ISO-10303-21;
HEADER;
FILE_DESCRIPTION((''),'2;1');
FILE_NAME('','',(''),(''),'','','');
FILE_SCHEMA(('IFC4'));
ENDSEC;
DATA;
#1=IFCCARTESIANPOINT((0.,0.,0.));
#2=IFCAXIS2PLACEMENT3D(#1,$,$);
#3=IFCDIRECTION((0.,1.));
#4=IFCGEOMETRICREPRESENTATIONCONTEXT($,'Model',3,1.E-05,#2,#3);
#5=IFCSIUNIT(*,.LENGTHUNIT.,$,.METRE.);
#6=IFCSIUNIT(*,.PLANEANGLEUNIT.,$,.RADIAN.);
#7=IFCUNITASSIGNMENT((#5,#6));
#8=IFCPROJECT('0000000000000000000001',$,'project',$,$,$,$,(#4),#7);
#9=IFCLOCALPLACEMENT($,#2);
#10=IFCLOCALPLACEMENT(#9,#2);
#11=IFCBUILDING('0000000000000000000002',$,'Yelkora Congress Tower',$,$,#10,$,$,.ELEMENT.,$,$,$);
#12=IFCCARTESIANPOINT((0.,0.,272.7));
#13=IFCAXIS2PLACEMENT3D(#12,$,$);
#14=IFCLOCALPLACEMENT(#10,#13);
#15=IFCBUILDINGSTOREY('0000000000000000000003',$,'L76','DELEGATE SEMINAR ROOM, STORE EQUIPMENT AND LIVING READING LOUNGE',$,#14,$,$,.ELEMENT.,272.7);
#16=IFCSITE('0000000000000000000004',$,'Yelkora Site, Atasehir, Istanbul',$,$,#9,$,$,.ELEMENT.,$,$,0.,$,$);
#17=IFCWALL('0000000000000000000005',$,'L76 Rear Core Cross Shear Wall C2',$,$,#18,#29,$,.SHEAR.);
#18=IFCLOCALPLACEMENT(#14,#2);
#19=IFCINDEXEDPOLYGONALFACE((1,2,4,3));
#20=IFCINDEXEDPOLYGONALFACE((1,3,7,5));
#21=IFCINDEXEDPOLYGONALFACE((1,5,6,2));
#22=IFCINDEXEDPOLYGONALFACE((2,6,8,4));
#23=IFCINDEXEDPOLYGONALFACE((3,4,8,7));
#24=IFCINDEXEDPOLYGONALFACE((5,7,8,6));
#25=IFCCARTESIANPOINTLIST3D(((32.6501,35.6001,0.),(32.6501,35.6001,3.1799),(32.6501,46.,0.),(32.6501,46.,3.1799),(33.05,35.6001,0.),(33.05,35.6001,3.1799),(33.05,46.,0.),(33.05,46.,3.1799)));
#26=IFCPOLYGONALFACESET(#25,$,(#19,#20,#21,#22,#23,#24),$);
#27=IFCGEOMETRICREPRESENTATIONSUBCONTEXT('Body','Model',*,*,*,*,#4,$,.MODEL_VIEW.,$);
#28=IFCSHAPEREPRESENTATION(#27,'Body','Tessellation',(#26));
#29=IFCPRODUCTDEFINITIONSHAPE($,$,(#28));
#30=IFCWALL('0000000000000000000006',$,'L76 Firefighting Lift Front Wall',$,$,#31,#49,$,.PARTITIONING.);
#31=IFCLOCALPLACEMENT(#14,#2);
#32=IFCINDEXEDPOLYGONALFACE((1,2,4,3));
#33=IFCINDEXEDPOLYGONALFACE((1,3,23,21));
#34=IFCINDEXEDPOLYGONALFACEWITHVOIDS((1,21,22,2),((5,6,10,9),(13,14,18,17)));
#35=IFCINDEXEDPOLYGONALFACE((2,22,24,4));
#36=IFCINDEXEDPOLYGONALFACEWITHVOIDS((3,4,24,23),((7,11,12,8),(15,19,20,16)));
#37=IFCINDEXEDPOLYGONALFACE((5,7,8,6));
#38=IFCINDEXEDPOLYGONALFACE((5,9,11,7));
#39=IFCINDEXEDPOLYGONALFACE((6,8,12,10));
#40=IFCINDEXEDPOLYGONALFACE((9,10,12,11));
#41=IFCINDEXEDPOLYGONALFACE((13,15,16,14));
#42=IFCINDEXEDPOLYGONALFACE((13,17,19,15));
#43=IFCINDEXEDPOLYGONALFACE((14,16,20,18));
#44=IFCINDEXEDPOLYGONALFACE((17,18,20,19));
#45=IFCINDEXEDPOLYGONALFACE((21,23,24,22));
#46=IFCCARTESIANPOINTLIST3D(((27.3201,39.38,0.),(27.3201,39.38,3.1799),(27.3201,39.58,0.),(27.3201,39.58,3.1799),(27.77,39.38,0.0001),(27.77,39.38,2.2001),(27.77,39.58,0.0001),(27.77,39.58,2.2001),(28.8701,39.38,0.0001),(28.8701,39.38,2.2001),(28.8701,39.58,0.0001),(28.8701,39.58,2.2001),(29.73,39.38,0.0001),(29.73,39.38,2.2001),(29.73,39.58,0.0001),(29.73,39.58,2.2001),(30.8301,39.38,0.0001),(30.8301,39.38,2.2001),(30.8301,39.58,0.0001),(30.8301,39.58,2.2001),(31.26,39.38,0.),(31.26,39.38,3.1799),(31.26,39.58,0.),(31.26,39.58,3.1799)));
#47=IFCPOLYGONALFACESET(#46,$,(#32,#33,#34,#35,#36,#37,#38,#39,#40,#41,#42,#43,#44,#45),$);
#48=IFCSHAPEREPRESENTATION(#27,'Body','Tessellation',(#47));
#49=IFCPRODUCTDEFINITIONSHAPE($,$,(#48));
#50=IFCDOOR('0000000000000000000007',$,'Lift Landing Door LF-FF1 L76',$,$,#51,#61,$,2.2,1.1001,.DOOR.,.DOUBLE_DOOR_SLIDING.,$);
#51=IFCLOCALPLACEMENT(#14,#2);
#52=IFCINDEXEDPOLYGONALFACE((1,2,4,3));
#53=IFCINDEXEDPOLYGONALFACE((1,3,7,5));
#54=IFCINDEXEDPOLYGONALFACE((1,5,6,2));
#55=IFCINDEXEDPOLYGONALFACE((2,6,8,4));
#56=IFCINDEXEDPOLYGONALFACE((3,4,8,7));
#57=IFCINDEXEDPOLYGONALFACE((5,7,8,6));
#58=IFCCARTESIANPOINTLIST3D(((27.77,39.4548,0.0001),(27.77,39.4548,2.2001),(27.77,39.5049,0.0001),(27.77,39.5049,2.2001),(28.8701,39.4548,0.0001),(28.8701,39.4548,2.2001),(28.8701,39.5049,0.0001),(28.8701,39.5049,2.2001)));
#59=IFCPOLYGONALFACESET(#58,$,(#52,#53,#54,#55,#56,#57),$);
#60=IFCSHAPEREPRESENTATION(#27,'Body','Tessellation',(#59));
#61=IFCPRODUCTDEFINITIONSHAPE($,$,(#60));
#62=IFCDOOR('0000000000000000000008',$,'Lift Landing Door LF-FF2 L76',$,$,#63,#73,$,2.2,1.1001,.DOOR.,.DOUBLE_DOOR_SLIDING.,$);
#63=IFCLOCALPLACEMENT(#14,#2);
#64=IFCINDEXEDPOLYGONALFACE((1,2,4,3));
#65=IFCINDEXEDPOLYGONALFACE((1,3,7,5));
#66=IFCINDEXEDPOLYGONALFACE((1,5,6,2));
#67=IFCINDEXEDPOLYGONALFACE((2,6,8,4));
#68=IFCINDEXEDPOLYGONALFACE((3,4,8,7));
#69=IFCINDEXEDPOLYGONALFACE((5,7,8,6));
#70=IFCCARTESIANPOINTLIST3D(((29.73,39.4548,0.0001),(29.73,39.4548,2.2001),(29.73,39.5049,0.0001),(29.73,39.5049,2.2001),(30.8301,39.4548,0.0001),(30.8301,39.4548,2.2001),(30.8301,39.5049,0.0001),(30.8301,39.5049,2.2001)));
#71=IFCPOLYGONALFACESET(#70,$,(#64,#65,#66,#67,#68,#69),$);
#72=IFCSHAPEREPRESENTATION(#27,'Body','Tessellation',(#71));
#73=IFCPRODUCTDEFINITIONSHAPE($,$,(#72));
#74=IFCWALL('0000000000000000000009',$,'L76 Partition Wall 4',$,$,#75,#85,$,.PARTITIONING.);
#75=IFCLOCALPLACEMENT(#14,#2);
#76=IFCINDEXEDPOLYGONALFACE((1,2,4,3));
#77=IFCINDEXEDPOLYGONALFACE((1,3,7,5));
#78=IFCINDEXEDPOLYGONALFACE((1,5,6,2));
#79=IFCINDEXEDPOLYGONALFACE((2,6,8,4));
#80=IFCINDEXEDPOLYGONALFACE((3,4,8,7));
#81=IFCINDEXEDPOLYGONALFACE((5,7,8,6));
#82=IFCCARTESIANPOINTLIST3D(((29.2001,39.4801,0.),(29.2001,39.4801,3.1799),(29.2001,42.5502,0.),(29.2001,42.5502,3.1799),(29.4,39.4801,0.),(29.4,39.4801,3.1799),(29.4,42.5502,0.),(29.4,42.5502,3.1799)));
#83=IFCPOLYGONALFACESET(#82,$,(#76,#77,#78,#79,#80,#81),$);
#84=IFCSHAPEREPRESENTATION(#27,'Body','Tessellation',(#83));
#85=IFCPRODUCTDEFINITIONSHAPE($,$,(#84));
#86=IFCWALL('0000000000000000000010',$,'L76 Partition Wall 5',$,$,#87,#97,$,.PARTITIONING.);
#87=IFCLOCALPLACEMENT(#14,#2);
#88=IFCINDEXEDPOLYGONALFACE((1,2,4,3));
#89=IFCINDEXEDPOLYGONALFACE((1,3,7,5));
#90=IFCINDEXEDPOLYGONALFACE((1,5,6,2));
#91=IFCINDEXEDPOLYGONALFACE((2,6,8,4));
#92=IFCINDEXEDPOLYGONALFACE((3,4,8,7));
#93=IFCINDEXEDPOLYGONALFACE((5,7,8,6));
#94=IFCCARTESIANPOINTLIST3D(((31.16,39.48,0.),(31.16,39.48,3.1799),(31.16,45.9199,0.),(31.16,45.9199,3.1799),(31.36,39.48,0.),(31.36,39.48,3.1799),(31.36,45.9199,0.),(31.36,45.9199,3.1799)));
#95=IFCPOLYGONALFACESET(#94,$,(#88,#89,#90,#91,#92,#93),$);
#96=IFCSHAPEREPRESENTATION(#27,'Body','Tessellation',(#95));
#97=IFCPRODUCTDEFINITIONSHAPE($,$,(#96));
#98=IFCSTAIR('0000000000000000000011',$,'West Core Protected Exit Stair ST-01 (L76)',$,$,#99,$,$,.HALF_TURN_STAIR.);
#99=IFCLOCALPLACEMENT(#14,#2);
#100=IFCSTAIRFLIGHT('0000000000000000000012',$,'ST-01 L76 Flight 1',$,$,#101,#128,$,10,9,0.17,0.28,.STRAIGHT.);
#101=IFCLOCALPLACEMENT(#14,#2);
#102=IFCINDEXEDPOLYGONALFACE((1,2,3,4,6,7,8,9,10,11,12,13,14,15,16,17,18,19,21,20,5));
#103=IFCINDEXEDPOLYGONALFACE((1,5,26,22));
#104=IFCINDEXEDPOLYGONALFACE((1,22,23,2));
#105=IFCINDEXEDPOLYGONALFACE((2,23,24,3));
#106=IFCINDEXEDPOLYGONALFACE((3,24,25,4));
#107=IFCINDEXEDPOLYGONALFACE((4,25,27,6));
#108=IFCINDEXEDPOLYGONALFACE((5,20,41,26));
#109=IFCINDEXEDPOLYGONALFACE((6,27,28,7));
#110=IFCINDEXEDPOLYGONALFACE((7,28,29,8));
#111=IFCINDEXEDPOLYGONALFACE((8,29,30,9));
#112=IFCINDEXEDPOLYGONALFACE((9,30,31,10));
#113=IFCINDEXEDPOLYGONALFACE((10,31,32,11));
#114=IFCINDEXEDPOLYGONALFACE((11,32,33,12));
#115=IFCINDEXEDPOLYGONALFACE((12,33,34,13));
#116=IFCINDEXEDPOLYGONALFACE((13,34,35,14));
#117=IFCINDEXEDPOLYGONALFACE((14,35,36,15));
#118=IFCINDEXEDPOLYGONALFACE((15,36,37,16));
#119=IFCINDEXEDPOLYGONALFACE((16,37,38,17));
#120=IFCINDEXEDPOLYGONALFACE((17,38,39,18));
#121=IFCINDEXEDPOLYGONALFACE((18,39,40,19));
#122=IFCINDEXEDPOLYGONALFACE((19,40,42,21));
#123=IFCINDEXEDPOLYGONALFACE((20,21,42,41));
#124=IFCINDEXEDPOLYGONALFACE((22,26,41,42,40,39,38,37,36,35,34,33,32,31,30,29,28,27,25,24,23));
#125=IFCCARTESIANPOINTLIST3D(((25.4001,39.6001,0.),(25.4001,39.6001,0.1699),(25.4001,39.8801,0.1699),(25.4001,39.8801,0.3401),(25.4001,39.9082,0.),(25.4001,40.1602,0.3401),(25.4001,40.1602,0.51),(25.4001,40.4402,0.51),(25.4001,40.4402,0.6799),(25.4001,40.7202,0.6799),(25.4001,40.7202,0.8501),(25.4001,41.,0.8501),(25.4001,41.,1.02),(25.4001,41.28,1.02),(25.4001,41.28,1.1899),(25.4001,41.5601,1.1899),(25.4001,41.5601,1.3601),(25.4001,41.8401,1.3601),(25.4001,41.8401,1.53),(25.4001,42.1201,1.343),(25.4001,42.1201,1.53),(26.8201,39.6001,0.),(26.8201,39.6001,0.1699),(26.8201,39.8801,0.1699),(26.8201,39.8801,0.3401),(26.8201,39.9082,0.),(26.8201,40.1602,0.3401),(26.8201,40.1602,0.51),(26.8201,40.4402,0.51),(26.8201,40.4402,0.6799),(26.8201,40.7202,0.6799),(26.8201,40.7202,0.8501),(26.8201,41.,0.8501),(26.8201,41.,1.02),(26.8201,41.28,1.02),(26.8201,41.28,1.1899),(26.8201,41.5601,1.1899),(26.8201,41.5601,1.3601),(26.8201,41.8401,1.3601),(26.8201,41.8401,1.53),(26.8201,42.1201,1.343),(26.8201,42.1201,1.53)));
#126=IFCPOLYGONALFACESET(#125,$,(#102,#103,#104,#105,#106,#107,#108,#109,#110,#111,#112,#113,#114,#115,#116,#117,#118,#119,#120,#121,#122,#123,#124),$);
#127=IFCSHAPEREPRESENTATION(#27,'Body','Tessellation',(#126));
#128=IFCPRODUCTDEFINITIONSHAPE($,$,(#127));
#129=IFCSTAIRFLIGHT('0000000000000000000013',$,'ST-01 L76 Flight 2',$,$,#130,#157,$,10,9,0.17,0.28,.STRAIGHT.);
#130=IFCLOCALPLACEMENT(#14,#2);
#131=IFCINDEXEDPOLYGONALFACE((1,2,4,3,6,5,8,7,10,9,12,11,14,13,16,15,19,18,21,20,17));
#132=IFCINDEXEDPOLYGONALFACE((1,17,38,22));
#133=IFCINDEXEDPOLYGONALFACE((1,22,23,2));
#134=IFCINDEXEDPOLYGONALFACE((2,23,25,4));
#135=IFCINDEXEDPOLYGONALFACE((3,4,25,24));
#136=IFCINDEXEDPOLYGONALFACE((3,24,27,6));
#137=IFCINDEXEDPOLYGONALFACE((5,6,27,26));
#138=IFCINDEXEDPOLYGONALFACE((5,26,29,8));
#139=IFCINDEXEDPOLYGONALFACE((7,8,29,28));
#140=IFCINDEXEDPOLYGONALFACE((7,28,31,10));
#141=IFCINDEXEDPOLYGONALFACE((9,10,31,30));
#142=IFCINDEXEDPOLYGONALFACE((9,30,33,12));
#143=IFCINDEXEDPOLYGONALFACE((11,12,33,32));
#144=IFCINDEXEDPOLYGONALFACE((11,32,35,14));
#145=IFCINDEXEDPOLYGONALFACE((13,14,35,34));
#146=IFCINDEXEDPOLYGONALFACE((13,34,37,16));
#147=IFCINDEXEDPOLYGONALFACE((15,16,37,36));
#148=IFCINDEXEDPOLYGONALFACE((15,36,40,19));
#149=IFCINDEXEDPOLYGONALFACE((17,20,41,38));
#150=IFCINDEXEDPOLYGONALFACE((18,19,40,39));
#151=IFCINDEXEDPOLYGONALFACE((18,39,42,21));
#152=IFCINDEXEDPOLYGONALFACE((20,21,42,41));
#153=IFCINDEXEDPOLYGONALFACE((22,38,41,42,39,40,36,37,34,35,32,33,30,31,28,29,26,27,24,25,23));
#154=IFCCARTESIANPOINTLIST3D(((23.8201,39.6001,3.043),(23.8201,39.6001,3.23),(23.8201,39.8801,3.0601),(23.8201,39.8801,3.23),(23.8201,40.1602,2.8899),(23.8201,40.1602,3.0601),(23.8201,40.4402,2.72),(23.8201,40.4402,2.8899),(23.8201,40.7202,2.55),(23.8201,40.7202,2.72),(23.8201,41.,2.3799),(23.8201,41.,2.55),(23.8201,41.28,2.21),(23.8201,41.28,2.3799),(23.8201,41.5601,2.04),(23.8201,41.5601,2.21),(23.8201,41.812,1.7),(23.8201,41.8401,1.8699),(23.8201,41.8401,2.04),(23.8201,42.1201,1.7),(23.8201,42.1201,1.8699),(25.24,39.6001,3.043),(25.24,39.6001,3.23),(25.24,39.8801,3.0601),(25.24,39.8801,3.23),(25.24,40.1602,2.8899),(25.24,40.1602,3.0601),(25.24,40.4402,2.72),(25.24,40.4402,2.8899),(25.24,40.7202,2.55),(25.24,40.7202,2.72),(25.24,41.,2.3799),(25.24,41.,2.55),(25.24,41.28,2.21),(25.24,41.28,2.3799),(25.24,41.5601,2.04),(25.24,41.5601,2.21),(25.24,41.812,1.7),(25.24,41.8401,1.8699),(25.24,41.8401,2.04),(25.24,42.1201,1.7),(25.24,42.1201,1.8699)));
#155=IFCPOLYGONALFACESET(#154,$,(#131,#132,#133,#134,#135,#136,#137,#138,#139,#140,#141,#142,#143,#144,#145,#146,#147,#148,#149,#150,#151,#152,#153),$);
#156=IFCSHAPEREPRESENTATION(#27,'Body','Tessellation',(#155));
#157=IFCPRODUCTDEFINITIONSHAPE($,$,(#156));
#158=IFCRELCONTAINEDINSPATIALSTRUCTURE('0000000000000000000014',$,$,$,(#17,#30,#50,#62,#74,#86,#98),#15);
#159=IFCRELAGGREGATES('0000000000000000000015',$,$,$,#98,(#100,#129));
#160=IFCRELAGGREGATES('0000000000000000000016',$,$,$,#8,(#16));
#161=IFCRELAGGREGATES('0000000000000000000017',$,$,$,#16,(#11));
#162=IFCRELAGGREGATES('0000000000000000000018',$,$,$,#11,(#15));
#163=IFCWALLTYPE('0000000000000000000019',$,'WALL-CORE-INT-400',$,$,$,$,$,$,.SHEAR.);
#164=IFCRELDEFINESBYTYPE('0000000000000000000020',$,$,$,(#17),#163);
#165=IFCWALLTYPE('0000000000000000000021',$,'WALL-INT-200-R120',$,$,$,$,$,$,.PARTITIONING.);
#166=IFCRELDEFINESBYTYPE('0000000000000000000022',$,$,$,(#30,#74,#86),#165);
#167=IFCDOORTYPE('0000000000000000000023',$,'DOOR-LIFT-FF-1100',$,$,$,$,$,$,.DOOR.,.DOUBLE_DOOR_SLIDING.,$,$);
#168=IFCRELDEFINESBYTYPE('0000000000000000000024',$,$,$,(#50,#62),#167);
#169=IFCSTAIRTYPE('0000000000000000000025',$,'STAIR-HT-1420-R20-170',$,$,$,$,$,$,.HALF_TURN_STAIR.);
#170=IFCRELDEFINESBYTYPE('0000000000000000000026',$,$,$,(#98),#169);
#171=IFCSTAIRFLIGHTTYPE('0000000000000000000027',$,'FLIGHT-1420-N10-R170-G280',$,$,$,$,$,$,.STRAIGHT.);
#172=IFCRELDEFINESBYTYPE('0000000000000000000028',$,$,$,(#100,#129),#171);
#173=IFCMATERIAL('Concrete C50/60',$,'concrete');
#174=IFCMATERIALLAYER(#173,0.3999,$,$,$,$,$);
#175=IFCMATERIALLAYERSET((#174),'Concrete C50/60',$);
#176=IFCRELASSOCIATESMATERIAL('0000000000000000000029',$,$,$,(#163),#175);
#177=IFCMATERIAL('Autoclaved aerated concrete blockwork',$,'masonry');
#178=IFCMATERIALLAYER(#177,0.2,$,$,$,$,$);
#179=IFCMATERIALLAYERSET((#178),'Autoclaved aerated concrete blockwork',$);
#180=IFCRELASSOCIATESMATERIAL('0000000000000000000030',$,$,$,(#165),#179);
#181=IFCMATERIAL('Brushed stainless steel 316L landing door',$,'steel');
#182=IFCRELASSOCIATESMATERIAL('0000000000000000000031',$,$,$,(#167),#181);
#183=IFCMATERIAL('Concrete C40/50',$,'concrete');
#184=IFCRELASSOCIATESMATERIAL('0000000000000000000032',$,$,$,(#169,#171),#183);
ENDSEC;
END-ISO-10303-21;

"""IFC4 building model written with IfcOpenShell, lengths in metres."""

from ifc_helpers import new_model, si_unit, direction, frame, frame_2d, origin, place, context, subcontext, project, spatial, polyline, rectangle, outline, extrude, material, layer, layer_set, type_object, element, fill, aggregate, save


model = new_model("IFC4")

# Units and contexts
model_context = context("Model", 3, precision=1e-05, world=origin(), true_north=direction((0.0, 1.0)))
body_context = subcontext(model_context, "Body", "Model", "MODEL_VIEW")
ifc_project = project(units=[si_unit("LENGTHUNIT", "METRE"), si_unit("PLANEANGLEUNIT", "RADIAN")], contexts=[model_context])

# Site, building, storey
site_placement = place(None, origin())
site = spatial("IfcSite", under=ifc_project, at=site_placement, Name="Yelkora Site, Atasehir, Istanbul", CompositionType="ELEMENT", RefElevation=0.0)
building_placement = place(site_placement, origin())
building = spatial("IfcBuilding", under=site, at=building_placement, Name="Yelkora Congress Tower", CompositionType="ELEMENT")
storey_placement = place(building_placement, frame((0.0, 0.0, 272.7)))
storey = spatial("IfcBuildingStorey", under=building, at=storey_placement, Name="L76", Description="DELEGATE SEMINAR ROOM, STORE EQUIPMENT AND LIVING READING LOUNGE", CompositionType="ELEMENT", Elevation=272.7)

# Shared definitions
ifc_material_1 = material(Name="Concrete C50/60", Category="concrete")
ifc_layer_1 = layer(ifc_material_1, 0.3999)
ifc_layer_set_1 = layer_set([ifc_layer_1], Name="Concrete C50/60")
wall_type_1 = type_object("IfcWallType", Name="WALL-CORE-INT-400", PredefinedType="SHEAR", material=ifc_layer_set_1)

# Wall
wall_1_placement = place(storey_placement, frame((32.8501, 35.6001, 0.0), z_axis=(0.0, 0.0, 1.0), x_axis=(0.0, 1.0, 0.0)))
element("IfcWall", 1, at=wall_1_placement, inside=storey, type_object=wall_type_1, Name="L76 Rear Core Cross Shear Wall C2", PredefinedType="SHEAR", context=body_context, shape_type="SweptSolid", body=[
    extrude(rectangle(XDim=10.3999, YDim=0.3999, at=frame_2d((5.2, 0.0))), origin(), (0.0, 0.0, 1.0), 3.1799),
])

# Shared definitions
ifc_material_2 = material(Name="Autoclaved aerated concrete blockwork", Category="masonry")
ifc_layer_2 = layer(ifc_material_2, 0.2)
ifc_layer_set_2 = layer_set([ifc_layer_2], Name="Autoclaved aerated concrete blockwork")
wall_type_2 = type_object("IfcWallType", Name="WALL-INT-200-R120", PredefinedType="PARTITIONING", material=ifc_layer_set_2)

# Wall, openings, doors
wall_2_placement = place(storey_placement, frame((27.3201, 39.48, 0.0), z_axis=(0.0, 0.0, 1.0), x_axis=(1.0, 0.0, 0.0)))
wall_2 = element("IfcWall", 2, at=wall_2_placement, inside=storey, type_object=wall_type_2, Name="L76 Firefighting Lift Front Wall", PredefinedType="PARTITIONING", context=body_context, shape_type="SweptSolid", body=[
    extrude(rectangle(XDim=3.9399, YDim=0.2, at=frame_2d((1.97, 0.0))), origin(), (0.0, 0.0, 1.0), 3.1799),
])
opening_1_placement = place(wall_2_placement, frame((0.45, 0.0, 0.0)))
opening_1 = element("IfcOpeningElement", 3, at=opening_1_placement, cuts=wall_2, PredefinedType="OPENING", context=body_context, shape_type="SweptSolid", body=[
    extrude(rectangle(XDim=1.1001, YDim=2.2, at=frame_2d((0.55, 1.1001))), frame((0.0, 0.1099, 0.0), z_axis=(0.0, -1.0, 0.0), x_axis=(1.0, 0.0, 0.0)), (0.0, 0.0, 1.0), 0.22),
])
opening_2_placement = place(wall_2_placement, frame((2.4099, 0.0, 0.0)))
opening_2 = element("IfcOpeningElement", 4, at=opening_2_placement, cuts=wall_2, PredefinedType="OPENING", context=body_context, shape_type="SweptSolid", body=[
    extrude(rectangle(XDim=1.1001, YDim=2.2, at=frame_2d((0.55, 1.1001))), frame((0.0, 0.1099, 0.0), z_axis=(0.0, -1.0, 0.0), x_axis=(1.0, 0.0, 0.0)), (0.0, 0.0, 1.0), 0.22),
])
ifc_material_3 = material(Name="Brushed stainless steel 316L landing door", Category="steel")
door_type_1 = type_object("IfcDoorType", Name="DOOR-LIFT-FF-1100", OperationType="DOUBLE_DOOR_SLIDING", PredefinedType="DOOR", material=ifc_material_3)
door_1_placement = place(opening_1_placement, origin())
door_1 = element("IfcDoor", 5, at=door_1_placement, inside=storey, type_object=door_type_1, Name="Lift Landing Door LF-FF1 L76", OperationType="DOUBLE_DOOR_SLIDING", OverallHeight=2.2, OverallWidth=1.1001, PredefinedType="DOOR", context=body_context, shape_type="SweptSolid", body=[
    extrude(rectangle(XDim=1.1001, YDim=2.2, at=frame_2d((0.55, 1.1001))), frame((0.0, 0.0249, 0.0), z_axis=(0.0, -1.0, 0.0), x_axis=(1.0, 0.0, 0.0)), (0.0, 0.0, 1.0), 0.05),
])
fill(opening_1, door_1)
door_2_placement = place(opening_2_placement, origin())
door_2 = element("IfcDoor", 6, at=door_2_placement, inside=storey, type_object=door_type_1, Name="Lift Landing Door LF-FF2 L76", OperationType="DOUBLE_DOOR_SLIDING", OverallHeight=2.2, OverallWidth=1.1001, PredefinedType="DOOR", context=body_context, shape_type="SweptSolid", body=[
    extrude(rectangle(XDim=1.1001, YDim=2.2, at=frame_2d((0.55, 1.1001))), frame((0.0, 0.0249, 0.0), z_axis=(0.0, -1.0, 0.0), x_axis=(1.0, 0.0, 0.0)), (0.0, 0.0, 1.0), 0.05),
])
fill(opening_2, door_2)

# Walls
wall_3_placement = place(storey_placement, frame((29.3, 39.48, 0.0), z_axis=(0.0, 0.0, 1.0), x_axis=(0.0, 1.0, 0.0)))
element("IfcWall", 7, at=wall_3_placement, inside=storey, type_object=wall_type_2, Name="L76 Partition Wall 4", PredefinedType="PARTITIONING", context=body_context, shape_type="SweptSolid", body=[
    extrude(rectangle(XDim=3.0701, YDim=0.2, at=frame_2d((1.5352, 0.0))), origin(), (0.0, 0.0, 1.0), 3.1799),
])
wall_4_placement = place(storey_placement, frame((31.26, 39.48, 0.0), z_axis=(0.0, 0.0, 1.0), x_axis=(0.0, 1.0, 0.0)))
element("IfcWall", 8, at=wall_4_placement, inside=storey, type_object=wall_type_2, Name="L76 Partition Wall 5", PredefinedType="PARTITIONING", context=body_context, shape_type="SweptSolid", body=[
    extrude(rectangle(XDim=6.4399, YDim=0.2, at=frame_2d((3.22, 0.0))), origin(), (0.0, 0.0, 1.0), 3.1799),
])

# Stair, stair flights
ifc_material_4 = material(Name="Concrete C40/50", Category="concrete")
stair_type = type_object("IfcStairType", Name="STAIR-HT-1420-R20-170", PredefinedType="HALF_TURN_STAIR", material=ifc_material_4)
stair_placement = place(storey_placement, origin())
stair = element("IfcStair", 9, at=stair_placement, inside=storey, type_object=stair_type, Name="West Core Protected Exit Stair ST-01 (L76)", PredefinedType="HALF_TURN_STAIR")
stair_flight_type = type_object("IfcStairFlightType", Name="FLIGHT-1420-N10-R170-G280", PredefinedType="STRAIGHT", material=ifc_material_4)
stair_flight_1_placement = place(storey_placement, frame((26.1101, 39.6001, 0.0), z_axis=(0.0, 0.0, 1.0), x_axis=(0.0, 1.0, 0.0)))
stair_flight_1 = element("IfcStairFlight", 10, at=stair_flight_1_placement, type_object=stair_flight_type, Name="ST-01 L76 Flight 1", NumberOfRisers=10, NumberOfTreads=9, PredefinedType="STRAIGHT", RiserHeight=0.17, TreadLength=0.28, context=body_context, shape_type="SweptSolid", body=[
    extrude(outline(polyline([(0.0, 0.0), (0.0, 0.1699), (0.28, 0.1699), (0.28, 0.3401), (0.5601, 0.3401), (0.5601, 0.51), (0.8401, 0.51), (0.8401, 0.6799), (1.1201, 0.6799), (1.1201, 0.8501), (1.3999, 0.8501), (1.3999, 1.02), (1.6799, 1.02), (1.6799, 1.1899), (1.96, 1.1899), (1.96, 1.3601), (2.24, 1.3601), (2.24, 1.53), (2.52, 1.53), (2.52, 1.7), (2.52, 1.343), (0.3081, 0.0), (0.0, 0.0)])), frame((0.0, 0.71, 0.0), z_axis=(0.0, -1.0, 0.0), x_axis=(1.0, 0.0, 0.0)), (0.0, 0.0, 1.0), 1.4199),
])
stair_flight_2_placement = place(storey_placement, frame((24.53, 42.1201, 1.7), z_axis=(0.0, 0.0, 1.0), x_axis=(0.0, -1.0, 0.0)))
stair_flight_2 = element("IfcStairFlight", 11, at=stair_flight_2_placement, type_object=stair_flight_type, Name="ST-01 L76 Flight 2", NumberOfRisers=10, NumberOfTreads=9, PredefinedType="STRAIGHT", RiserHeight=0.17, TreadLength=0.28, context=body_context, shape_type="SweptSolid", body=[
    extrude(outline(polyline([(0.0, 0.0), (0.0, 0.1699), (0.28, 0.1699), (0.28, 0.3401), (0.5601, 0.3401), (0.5601, 0.51), (0.8401, 0.51), (0.8401, 0.6799), (1.1201, 0.6799), (1.1201, 0.8501), (1.3999, 0.8501), (1.3999, 1.02), (1.6799, 1.02), (1.6799, 1.1899), (1.96, 1.1899), (1.96, 1.3601), (2.24, 1.3601), (2.24, 1.53), (2.52, 1.53), (2.52, 1.7), (2.52, 1.343), (0.3081, 0.0), (0.0, 0.0)])), frame((0.0, 0.71, 0.0), z_axis=(0.0, -1.0, 0.0), x_axis=(1.0, 0.0, 0.0)), (0.0, 0.0, 1.0), 1.4199),
])
aggregate(stair, [stair_flight_1, stair_flight_2])

save(model, "model.ifc")
